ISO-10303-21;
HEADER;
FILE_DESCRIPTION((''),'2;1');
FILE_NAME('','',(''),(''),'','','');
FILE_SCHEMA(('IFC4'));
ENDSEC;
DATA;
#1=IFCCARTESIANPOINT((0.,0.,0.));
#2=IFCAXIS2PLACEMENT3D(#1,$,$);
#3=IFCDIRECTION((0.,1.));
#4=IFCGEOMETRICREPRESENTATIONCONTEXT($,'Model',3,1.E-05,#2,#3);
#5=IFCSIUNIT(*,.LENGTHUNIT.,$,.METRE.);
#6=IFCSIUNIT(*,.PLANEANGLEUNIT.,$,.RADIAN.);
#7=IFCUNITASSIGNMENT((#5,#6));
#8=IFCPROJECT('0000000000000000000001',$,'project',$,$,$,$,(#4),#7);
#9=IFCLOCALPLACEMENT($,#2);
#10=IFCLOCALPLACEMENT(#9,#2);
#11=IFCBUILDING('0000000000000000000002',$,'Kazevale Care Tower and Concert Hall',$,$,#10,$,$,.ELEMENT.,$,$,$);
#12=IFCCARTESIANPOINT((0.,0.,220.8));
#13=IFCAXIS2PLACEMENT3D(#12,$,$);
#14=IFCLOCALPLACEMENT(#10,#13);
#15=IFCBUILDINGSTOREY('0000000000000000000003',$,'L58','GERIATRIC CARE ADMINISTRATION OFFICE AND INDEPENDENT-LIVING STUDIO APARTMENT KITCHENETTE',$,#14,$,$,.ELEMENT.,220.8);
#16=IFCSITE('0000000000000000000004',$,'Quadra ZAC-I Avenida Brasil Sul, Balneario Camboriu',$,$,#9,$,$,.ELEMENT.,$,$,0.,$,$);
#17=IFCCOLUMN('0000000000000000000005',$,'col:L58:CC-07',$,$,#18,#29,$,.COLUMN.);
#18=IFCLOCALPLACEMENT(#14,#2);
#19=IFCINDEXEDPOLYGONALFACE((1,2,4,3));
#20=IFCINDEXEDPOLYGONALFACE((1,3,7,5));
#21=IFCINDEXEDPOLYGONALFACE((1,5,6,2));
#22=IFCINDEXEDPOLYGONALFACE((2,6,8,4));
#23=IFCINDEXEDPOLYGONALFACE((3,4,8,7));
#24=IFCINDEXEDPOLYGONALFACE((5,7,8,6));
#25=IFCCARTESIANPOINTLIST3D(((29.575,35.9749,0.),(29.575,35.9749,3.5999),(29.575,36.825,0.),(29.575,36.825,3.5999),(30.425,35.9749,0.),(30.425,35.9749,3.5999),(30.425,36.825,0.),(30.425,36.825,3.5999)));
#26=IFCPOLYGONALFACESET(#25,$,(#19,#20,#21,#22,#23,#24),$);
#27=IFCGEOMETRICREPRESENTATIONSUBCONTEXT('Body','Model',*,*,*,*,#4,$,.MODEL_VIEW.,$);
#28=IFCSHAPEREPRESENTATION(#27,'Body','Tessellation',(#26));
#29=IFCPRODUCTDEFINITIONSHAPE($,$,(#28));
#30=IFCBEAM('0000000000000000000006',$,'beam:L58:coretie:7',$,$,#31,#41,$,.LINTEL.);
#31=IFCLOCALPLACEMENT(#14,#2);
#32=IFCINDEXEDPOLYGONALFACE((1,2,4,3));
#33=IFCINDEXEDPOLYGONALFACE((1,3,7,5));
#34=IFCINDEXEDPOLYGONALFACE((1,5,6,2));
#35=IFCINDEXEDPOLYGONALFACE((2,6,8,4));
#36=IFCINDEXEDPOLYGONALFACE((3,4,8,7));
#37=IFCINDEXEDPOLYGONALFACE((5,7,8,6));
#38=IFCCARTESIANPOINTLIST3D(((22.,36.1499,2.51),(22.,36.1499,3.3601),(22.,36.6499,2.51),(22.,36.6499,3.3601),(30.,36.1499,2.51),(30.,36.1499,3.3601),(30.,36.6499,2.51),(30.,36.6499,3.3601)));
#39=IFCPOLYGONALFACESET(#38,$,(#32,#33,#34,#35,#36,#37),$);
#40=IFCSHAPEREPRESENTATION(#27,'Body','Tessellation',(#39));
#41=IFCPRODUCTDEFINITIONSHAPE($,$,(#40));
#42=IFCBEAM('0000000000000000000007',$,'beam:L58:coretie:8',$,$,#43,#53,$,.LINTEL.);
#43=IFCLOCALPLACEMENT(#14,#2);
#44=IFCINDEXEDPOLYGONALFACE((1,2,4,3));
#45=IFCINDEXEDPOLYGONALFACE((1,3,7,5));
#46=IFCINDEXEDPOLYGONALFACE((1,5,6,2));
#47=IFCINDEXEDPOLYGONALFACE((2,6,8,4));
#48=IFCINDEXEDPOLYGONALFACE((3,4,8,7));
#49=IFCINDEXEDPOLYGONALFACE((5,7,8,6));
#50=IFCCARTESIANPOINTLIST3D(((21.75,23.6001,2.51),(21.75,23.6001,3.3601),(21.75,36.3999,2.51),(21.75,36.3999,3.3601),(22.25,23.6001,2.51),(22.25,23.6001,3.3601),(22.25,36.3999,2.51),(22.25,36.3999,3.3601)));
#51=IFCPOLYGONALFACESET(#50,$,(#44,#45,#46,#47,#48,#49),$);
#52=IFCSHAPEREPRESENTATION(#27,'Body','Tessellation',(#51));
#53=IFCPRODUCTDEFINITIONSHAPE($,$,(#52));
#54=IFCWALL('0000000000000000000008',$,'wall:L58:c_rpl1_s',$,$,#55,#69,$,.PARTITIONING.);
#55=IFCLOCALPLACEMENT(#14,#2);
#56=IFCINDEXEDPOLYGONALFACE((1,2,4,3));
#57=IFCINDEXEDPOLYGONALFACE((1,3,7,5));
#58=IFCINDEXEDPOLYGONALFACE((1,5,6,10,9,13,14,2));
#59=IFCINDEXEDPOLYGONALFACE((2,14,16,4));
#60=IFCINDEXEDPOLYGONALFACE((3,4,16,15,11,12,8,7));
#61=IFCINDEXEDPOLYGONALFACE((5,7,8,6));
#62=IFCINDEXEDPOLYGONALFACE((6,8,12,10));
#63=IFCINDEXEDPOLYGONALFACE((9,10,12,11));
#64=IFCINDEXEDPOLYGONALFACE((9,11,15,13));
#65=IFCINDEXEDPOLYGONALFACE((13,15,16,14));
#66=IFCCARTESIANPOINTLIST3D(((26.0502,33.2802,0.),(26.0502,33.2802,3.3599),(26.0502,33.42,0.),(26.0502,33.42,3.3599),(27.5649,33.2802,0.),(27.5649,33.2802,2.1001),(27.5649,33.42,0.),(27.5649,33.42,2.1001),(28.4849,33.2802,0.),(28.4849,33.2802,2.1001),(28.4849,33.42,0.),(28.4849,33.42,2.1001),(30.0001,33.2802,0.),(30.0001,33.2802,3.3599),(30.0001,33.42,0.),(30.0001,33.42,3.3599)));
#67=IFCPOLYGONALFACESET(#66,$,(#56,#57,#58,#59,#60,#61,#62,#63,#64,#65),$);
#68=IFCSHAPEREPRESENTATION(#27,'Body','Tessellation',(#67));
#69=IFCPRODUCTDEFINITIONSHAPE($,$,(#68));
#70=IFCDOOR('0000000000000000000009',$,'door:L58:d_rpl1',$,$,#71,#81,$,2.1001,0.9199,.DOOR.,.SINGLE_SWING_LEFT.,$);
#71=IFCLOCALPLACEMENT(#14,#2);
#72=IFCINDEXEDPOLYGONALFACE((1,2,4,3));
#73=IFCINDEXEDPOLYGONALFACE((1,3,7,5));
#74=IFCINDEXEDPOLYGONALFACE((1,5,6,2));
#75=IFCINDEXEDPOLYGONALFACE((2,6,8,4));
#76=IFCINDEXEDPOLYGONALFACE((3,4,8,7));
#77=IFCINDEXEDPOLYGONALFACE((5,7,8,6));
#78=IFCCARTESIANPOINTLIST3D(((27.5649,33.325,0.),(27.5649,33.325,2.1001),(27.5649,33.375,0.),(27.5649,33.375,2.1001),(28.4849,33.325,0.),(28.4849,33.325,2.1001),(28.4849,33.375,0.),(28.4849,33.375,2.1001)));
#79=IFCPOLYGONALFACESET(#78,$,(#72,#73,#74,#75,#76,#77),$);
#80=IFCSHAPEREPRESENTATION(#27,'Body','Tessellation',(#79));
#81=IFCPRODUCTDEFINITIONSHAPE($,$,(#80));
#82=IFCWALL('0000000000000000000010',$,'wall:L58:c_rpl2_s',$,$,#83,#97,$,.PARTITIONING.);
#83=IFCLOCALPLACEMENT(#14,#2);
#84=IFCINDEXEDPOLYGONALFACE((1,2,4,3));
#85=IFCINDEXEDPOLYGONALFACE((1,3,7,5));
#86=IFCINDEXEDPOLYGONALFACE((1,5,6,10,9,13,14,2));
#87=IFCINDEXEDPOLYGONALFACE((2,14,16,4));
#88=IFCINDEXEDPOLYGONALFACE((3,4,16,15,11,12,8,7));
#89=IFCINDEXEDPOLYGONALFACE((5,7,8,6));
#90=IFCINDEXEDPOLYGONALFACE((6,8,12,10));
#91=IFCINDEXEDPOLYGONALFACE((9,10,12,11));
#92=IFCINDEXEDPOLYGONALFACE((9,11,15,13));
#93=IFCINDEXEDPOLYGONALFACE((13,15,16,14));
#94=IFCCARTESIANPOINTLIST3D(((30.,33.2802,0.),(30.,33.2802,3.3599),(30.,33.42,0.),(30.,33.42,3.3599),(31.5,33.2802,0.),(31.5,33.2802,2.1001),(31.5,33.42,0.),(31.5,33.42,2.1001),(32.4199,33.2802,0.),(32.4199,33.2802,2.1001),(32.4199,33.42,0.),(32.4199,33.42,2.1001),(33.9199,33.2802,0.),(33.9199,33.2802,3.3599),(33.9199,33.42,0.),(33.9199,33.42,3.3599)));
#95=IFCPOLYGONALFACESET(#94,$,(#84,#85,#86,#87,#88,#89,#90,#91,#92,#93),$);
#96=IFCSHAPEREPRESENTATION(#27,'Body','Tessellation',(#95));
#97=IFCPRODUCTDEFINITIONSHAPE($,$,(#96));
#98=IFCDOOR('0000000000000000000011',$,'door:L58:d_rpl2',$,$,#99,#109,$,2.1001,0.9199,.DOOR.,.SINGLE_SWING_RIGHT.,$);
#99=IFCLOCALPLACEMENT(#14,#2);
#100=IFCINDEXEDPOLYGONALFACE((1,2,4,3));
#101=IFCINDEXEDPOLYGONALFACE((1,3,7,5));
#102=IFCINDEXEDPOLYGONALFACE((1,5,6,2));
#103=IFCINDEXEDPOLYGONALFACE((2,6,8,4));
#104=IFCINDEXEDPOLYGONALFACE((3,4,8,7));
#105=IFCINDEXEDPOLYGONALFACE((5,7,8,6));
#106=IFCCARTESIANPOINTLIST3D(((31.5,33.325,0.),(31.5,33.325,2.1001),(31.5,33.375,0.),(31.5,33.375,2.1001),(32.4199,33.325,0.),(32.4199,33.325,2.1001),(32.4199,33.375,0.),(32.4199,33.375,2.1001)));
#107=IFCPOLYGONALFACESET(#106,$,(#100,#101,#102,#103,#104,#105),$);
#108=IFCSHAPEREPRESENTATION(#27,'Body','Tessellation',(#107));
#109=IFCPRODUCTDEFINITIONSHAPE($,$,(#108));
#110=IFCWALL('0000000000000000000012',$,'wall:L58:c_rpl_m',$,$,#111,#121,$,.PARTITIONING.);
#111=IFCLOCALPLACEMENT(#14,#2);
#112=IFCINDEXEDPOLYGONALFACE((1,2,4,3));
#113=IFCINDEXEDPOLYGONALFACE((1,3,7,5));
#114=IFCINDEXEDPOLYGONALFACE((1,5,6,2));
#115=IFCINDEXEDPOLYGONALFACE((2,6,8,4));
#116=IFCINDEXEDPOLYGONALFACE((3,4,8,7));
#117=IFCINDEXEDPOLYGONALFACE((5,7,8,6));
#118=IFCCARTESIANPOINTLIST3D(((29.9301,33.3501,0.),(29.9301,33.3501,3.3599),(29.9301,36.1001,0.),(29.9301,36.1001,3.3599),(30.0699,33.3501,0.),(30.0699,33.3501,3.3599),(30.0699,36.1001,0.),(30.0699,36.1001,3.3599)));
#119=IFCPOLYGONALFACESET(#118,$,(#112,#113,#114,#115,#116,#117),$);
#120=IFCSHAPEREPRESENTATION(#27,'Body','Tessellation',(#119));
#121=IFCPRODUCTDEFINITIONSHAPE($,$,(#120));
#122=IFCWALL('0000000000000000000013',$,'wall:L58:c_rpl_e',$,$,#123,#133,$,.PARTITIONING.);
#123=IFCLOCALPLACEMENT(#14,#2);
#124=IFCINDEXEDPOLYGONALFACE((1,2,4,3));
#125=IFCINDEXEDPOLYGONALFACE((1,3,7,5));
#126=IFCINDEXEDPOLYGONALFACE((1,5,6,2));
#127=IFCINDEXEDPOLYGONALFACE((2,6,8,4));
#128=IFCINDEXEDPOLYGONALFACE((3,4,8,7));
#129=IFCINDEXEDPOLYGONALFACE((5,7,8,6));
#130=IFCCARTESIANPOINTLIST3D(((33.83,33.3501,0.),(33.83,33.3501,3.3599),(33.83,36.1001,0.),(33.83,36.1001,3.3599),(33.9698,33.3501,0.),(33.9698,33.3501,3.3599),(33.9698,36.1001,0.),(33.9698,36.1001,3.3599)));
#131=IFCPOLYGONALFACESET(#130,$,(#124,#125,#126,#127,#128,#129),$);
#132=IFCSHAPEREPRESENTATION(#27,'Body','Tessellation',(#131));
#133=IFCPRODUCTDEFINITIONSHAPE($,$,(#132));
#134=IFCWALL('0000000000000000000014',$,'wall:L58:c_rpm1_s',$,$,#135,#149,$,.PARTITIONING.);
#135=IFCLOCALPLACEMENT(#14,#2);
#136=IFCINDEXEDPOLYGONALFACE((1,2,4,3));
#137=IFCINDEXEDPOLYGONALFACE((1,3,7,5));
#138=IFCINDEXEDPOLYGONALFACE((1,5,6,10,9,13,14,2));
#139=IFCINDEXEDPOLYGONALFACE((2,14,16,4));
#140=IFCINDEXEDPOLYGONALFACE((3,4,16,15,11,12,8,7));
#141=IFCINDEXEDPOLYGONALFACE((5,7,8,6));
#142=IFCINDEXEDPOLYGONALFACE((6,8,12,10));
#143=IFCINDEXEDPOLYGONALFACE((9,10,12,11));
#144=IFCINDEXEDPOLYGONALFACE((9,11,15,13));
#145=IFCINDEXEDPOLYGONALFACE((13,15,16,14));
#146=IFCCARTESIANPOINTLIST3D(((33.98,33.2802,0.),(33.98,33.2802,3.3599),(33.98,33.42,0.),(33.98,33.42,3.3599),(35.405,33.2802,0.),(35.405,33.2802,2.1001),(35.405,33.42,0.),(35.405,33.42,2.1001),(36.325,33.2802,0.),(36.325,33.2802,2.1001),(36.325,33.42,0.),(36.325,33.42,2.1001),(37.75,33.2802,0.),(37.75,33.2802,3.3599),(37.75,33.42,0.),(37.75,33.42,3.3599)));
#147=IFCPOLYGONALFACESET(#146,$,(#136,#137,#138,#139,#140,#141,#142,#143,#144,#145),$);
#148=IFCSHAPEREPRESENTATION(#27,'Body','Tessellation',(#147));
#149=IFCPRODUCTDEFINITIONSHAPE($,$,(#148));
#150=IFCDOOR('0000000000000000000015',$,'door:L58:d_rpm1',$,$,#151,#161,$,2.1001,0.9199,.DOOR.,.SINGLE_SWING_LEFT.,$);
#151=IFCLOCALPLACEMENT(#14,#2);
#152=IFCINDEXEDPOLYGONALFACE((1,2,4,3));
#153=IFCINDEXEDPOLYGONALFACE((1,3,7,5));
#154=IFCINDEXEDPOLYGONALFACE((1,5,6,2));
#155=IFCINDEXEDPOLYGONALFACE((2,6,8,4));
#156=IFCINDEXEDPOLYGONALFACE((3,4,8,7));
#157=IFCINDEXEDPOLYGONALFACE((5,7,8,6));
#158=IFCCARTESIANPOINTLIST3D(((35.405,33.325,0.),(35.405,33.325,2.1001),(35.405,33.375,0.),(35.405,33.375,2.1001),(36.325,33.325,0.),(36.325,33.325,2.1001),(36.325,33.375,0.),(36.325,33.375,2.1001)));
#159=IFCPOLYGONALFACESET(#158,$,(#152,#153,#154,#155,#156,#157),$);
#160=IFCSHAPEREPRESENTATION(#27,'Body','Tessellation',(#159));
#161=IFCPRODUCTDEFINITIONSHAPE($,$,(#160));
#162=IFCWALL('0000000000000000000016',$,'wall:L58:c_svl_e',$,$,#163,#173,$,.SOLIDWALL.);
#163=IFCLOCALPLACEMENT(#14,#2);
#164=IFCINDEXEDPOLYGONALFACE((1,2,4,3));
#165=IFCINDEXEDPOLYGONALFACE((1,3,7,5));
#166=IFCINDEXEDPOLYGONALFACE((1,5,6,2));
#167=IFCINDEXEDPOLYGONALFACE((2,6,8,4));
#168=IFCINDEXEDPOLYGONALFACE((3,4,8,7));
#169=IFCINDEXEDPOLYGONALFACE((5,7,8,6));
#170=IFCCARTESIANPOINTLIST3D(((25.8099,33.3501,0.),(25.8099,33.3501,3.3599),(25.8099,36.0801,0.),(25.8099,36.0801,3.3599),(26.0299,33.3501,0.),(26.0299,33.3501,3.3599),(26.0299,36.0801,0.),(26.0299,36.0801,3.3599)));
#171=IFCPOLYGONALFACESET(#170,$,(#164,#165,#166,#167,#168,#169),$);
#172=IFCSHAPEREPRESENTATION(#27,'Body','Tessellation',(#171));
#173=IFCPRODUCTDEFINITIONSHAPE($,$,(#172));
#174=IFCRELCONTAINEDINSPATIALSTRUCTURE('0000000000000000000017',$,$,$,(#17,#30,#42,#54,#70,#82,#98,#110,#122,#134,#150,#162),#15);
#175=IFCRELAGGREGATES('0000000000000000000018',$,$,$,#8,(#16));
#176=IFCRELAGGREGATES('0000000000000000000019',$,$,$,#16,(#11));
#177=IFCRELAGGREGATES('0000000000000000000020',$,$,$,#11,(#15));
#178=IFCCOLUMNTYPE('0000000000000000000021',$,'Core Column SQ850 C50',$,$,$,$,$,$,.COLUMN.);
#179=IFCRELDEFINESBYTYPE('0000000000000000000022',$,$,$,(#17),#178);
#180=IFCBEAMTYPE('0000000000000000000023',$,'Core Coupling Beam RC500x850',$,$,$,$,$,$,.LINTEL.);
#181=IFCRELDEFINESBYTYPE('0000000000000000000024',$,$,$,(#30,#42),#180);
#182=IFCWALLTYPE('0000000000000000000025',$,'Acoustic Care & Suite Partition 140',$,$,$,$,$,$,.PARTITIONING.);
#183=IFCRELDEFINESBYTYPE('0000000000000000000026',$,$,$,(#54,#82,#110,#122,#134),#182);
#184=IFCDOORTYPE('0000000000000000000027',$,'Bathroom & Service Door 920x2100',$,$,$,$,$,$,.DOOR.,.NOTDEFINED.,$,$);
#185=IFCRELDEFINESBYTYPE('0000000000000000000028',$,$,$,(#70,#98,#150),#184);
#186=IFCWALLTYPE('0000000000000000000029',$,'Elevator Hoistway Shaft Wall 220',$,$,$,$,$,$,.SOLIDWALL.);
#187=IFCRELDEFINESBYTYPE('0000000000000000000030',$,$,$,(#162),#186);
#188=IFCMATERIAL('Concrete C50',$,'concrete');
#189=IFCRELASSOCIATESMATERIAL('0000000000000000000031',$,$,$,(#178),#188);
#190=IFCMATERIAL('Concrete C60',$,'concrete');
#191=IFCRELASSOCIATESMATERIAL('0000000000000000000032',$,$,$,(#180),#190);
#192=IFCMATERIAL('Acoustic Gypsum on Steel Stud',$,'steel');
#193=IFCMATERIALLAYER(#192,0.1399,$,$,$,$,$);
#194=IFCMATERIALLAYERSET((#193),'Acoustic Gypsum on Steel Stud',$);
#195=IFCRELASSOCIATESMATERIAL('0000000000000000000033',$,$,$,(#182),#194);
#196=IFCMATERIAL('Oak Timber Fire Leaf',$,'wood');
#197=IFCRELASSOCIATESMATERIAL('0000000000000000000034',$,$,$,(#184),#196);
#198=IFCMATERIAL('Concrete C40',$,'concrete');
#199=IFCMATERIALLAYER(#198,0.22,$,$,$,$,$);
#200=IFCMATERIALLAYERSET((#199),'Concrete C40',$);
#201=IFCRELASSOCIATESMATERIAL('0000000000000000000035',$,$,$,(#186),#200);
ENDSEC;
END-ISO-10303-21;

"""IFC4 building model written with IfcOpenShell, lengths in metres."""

from ifc_helpers import new_model, si_unit, direction, frame, frame_2d, origin, origin_2d, place, context, subcontext, project, spatial, rectangle, extrude, material, layer, layer_set, material_profile, profile_set, type_object, element, fill, save


model = new_model("IFC4")

# Units and contexts
model_context = context("Model", 3, precision=1e-05, world=origin(), true_north=direction((0.0, 1.0)))
body_context = subcontext(model_context, "Body", "Model", "MODEL_VIEW")
ifc_project = project(units=[si_unit("LENGTHUNIT", "METRE"), si_unit("PLANEANGLEUNIT", "RADIAN")], contexts=[model_context])

# Site, building, storey
site_placement = place(None, origin())
site = spatial("IfcSite", under=ifc_project, at=site_placement, Name="Quadra ZAC-I Avenida Brasil Sul, Balneario Camboriu", CompositionType="ELEMENT", RefElevation=0.0)
building_placement = place(site_placement, origin())
building = spatial("IfcBuilding", under=site, at=building_placement, Name="Kazevale Care Tower and Concert Hall", CompositionType="ELEMENT")
storey_placement = place(building_placement, frame((0.0, 0.0, 220.8)))
storey = spatial("IfcBuildingStorey", under=building, at=storey_placement, Name="L58", Description="GERIATRIC CARE ADMINISTRATION OFFICE AND INDEPENDENT-LIVING STUDIO APARTMENT KITCHENETTE", CompositionType="ELEMENT", Elevation=220.8)

# Column
ifc_material_1 = material(Name="Concrete C50", Category="concrete")
ifc_material_profile_1 = material_profile(ifc_material_1, rectangle(XDim=0.8501, YDim=0.8501, at=origin_2d()), Name="RC-SQ850")
ifc_profile_set_1 = profile_set([ifc_material_profile_1], Name="Concrete C50")
column_type = type_object("IfcColumnType", Name="Core Column SQ850 C50", PredefinedType="COLUMN", material=ifc_profile_set_1)
column_placement = place(storey_placement, frame((30.0, 36.3999, 0.0), z_axis=(0.0, 0.0, 1.0), x_axis=(1.0, 0.0, 0.0)))
element("IfcColumn", 1, at=column_placement, inside=storey, type_object=column_type, Name="col:L58:CC-07", PredefinedType="COLUMN", context=body_context, shape_type="SweptSolid", body=[
    extrude(rectangle(XDim=0.8501, YDim=0.8501, at=origin_2d()), origin(), (0.0, 0.0, 1.0), 3.5999),
])

# Beams
ifc_material_2 = material(Name="Concrete C60", Category="concrete")
ifc_material_profile_2 = material_profile(ifc_material_2, rectangle(XDim=0.5, YDim=0.8501, at=origin_2d()), Name="RC-B500x850")
ifc_profile_set_2 = profile_set([ifc_material_profile_2], Name="Concrete C60")
beam_type = type_object("IfcBeamType", Name="Core Coupling Beam RC500x850", PredefinedType="LINTEL", material=ifc_profile_set_2)
beam_1_placement = place(storey_placement, frame((30.0, 36.3999, 2.9351), z_axis=(-1.0, 0.0, 0.0), x_axis=(0.0, -1.0, 0.0)))
element("IfcBeam", 2, at=beam_1_placement, inside=storey, type_object=beam_type, Name="beam:L58:coretie:7", PredefinedType="LINTEL", context=body_context, shape_type="SweptSolid", body=[
    extrude(rectangle(XDim=0.5, YDim=0.8501, at=origin_2d()), origin(), (0.0, 0.0, 1.0), 8.0),
])
beam_2_placement = place(storey_placement, frame((22.0, 36.3999, 2.9351), z_axis=(0.0, -1.0, 0.0), x_axis=(1.0, 0.0, 0.0)))
element("IfcBeam", 3, at=beam_2_placement, inside=storey, type_object=beam_type, Name="beam:L58:coretie:8", PredefinedType="LINTEL", context=body_context, shape_type="SweptSolid", body=[
    extrude(rectangle(XDim=0.5, YDim=0.8501, at=origin_2d()), origin(), (0.0, 0.0, 1.0), 12.7998),
])

# Walls, openings, doors
ifc_material_3 = material(Name="Acoustic Gypsum on Steel Stud", Category="steel")
ifc_layer_1 = layer(ifc_material_3, 0.1399)
ifc_layer_set_1 = layer_set([ifc_layer_1], Name="Acoustic Gypsum on Steel Stud")
wall_type_1 = type_object("IfcWallType", Name="Acoustic Care & Suite Partition 140", PredefinedType="PARTITIONING", material=ifc_layer_set_1)
wall_1_placement = place(storey_placement, frame((26.05, 33.3501, 0.0), z_axis=(0.0, 0.0, 1.0), x_axis=(1.0, 0.0, 0.0)))
wall_1 = element("IfcWall", 4, at=wall_1_placement, inside=storey, type_object=wall_type_1, Name="wall:L58:c_rpl1_s", PredefinedType="PARTITIONING", context=body_context, shape_type="SweptSolid", body=[
    extrude(rectangle(XDim=3.95, YDim=0.1399, at=frame_2d((1.9751, 0.0))), origin(), (0.0, 0.0, 1.0), 3.3599),
])
opening_1_placement = place(wall_1_placement, frame((1.5149, 0.0, 0.0)))
opening_1 = element("IfcOpeningElement", 5, at=opening_1_placement, cuts=wall_1, PredefinedType="OPENING", context=body_context, shape_type="SweptSolid", body=[
    extrude(rectangle(XDim=0.9199, YDim=2.1001, at=frame_2d((0.46, 1.05))), frame((0.0, 0.0798, 0.0), z_axis=(0.0, -1.0, 0.0), x_axis=(1.0, 0.0, 0.0)), (0.0, 0.0, 1.0), 0.1599),
])
ifc_material_4 = material(Name="Oak Timber Fire Leaf", Category="wood")
door_type_1 = type_object("IfcDoorType", Name="Bathroom & Service Door 920x2100", OperationType="NOTDEFINED", PredefinedType="DOOR", material=ifc_material_4)
door_1_placement = place(opening_1_placement, origin())
door_1 = element("IfcDoor", 6, at=door_1_placement, inside=storey, type_object=door_type_1, Name="door:L58:d_rpl1", OperationType="SINGLE_SWING_LEFT", OverallHeight=2.1001, OverallWidth=0.9199, PredefinedType="DOOR", context=body_context, shape_type="SweptSolid", body=[
    extrude(rectangle(XDim=0.9199, YDim=2.1001, at=frame_2d((0.46, 1.05))), frame((0.0, 0.0249, 0.0), z_axis=(0.0, -1.0, 0.0), x_axis=(1.0, 0.0, 0.0)), (0.0, 0.0, 1.0), 0.05),
])
fill(opening_1, door_1)
wall_2_placement = place(storey_placement, frame((30.0, 33.3501, 0.0), z_axis=(0.0, 0.0, 1.0), x_axis=(1.0, 0.0, 0.0)))
wall_2 = element("IfcWall", 7, at=wall_2_placement, inside=storey, type_object=wall_type_1, Name="wall:L58:c_rpl2_s", PredefinedType="PARTITIONING", context=body_context, shape_type="SweptSolid", body=[
    extrude(rectangle(XDim=3.9199, YDim=0.1399, at=frame_2d((1.96, 0.0))), origin(), (0.0, 0.0, 1.0), 3.3599),
])
opening_2_placement = place(wall_2_placement, frame((1.5, 0.0, 0.0)))
opening_2 = element("IfcOpeningElement", 8, at=opening_2_placement, cuts=wall_2, PredefinedType="OPENING", context=body_context, shape_type="SweptSolid", body=[
    extrude(rectangle(XDim=0.9199, YDim=2.1001, at=frame_2d((0.46, 1.05))), frame((0.0, 0.0798, 0.0), z_axis=(0.0, -1.0, 0.0), x_axis=(1.0, 0.0, 0.0)), (0.0, 0.0, 1.0), 0.1599),
])
door_2_placement = place(opening_2_placement, origin())
door_2 = element("IfcDoor", 9, at=door_2_placement, inside=storey, type_object=door_type_1, Name="door:L58:d_rpl2", OperationType="SINGLE_SWING_RIGHT", OverallHeight=2.1001, OverallWidth=0.9199, PredefinedType="DOOR", context=body_context, shape_type="SweptSolid", body=[
    extrude(rectangle(XDim=0.9199, YDim=2.1001, at=frame_2d((0.46, 1.05))), frame((0.0, 0.0249, 0.0), z_axis=(0.0, -1.0, 0.0), x_axis=(1.0, 0.0, 0.0)), (0.0, 0.0, 1.0), 0.05),
])
fill(opening_2, door_2)

# Walls
for number, where, z_axis, x_axis, name in (
    (10, (30.0, 33.3501, 0.0), (0.0, 0.0, 1.0), (0.0, 1.0, 0.0), "wall:L58:c_rpl_m"),
    (11, (33.8999, 33.3501, 0.0), (0.0, 0.0, 1.0), (0.0, 1.0, 0.0), "wall:L58:c_rpl_e"),
):
    element("IfcWall", number, at=place(storey_placement, frame(where, z_axis=z_axis, x_axis=x_axis)), inside=storey, type_object=wall_type_1, Name=name, PredefinedType="PARTITIONING", context=body_context, shape_type="SweptSolid", body=[
        extrude(rectangle(XDim=2.75, YDim=0.1399, at=frame_2d((1.375, 0.0))), origin(), (0.0, 0.0, 1.0), 3.3599),
    ])

# Wall, opening, door
wall_3_placement = place(storey_placement, frame((33.98, 33.3501, 0.0), z_axis=(0.0, 0.0, 1.0), x_axis=(1.0, 0.0, 0.0)))
wall_3 = element("IfcWall", 12, at=wall_3_placement, inside=storey, type_object=wall_type_1, Name="wall:L58:c_rpm1_s", PredefinedType="PARTITIONING", context=body_context, shape_type="SweptSolid", body=[
    extrude(rectangle(XDim=3.77, YDim=0.1399, at=frame_2d((1.885, 0.0))), origin(), (0.0, 0.0, 1.0), 3.3599),
])
opening_3_placement = place(wall_3_placement, frame((1.425, 0.0, 0.0)))
opening_3 = element("IfcOpeningElement", 13, at=opening_3_placement, cuts=wall_3, PredefinedType="OPENING", context=body_context, shape_type="SweptSolid", body=[
    extrude(rectangle(XDim=0.9199, YDim=2.1001, at=frame_2d((0.46, 1.05))), frame((0.0, 0.0798, 0.0), z_axis=(0.0, -1.0, 0.0), x_axis=(1.0, 0.0, 0.0)), (0.0, 0.0, 1.0), 0.1599),
])
door_3_placement = place(opening_3_placement, origin())
door_3 = element("IfcDoor", 14, at=door_3_placement, inside=storey, type_object=door_type_1, Name="door:L58:d_rpm1", OperationType="SINGLE_SWING_LEFT", OverallHeight=2.1001, OverallWidth=0.9199, PredefinedType="DOOR", context=body_context, shape_type="SweptSolid", body=[
    extrude(rectangle(XDim=0.9199, YDim=2.1001, at=frame_2d((0.46, 1.05))), frame((0.0, 0.0249, 0.0), z_axis=(0.0, -1.0, 0.0), x_axis=(1.0, 0.0, 0.0)), (0.0, 0.0, 1.0), 0.05),
])
fill(opening_3, door_3)

# Wall
ifc_material_5 = material(Name="Concrete C40", Category="concrete")
ifc_layer_2 = layer(ifc_material_5, 0.22)
ifc_layer_set_2 = layer_set([ifc_layer_2], Name="Concrete C40")
wall_type_2 = type_object("IfcWallType", Name="Elevator Hoistway Shaft Wall 220", PredefinedType="SOLIDWALL", material=ifc_layer_set_2)
wall_4_placement = place(storey_placement, frame((25.9199, 33.3501, 0.0), z_axis=(0.0, 0.0, 1.0), x_axis=(0.0, 1.0, 0.0)))
element("IfcWall", 15, at=wall_4_placement, inside=storey, type_object=wall_type_2, Name="wall:L58:c_svl_e", PredefinedType="SOLIDWALL", context=body_context, shape_type="SweptSolid", body=[
    extrude(rectangle(XDim=2.73, YDim=0.22, at=frame_2d((1.365, 0.0))), origin(), (0.0, 0.0, 1.0), 3.3599),
])

save(model, "model.ifc")
